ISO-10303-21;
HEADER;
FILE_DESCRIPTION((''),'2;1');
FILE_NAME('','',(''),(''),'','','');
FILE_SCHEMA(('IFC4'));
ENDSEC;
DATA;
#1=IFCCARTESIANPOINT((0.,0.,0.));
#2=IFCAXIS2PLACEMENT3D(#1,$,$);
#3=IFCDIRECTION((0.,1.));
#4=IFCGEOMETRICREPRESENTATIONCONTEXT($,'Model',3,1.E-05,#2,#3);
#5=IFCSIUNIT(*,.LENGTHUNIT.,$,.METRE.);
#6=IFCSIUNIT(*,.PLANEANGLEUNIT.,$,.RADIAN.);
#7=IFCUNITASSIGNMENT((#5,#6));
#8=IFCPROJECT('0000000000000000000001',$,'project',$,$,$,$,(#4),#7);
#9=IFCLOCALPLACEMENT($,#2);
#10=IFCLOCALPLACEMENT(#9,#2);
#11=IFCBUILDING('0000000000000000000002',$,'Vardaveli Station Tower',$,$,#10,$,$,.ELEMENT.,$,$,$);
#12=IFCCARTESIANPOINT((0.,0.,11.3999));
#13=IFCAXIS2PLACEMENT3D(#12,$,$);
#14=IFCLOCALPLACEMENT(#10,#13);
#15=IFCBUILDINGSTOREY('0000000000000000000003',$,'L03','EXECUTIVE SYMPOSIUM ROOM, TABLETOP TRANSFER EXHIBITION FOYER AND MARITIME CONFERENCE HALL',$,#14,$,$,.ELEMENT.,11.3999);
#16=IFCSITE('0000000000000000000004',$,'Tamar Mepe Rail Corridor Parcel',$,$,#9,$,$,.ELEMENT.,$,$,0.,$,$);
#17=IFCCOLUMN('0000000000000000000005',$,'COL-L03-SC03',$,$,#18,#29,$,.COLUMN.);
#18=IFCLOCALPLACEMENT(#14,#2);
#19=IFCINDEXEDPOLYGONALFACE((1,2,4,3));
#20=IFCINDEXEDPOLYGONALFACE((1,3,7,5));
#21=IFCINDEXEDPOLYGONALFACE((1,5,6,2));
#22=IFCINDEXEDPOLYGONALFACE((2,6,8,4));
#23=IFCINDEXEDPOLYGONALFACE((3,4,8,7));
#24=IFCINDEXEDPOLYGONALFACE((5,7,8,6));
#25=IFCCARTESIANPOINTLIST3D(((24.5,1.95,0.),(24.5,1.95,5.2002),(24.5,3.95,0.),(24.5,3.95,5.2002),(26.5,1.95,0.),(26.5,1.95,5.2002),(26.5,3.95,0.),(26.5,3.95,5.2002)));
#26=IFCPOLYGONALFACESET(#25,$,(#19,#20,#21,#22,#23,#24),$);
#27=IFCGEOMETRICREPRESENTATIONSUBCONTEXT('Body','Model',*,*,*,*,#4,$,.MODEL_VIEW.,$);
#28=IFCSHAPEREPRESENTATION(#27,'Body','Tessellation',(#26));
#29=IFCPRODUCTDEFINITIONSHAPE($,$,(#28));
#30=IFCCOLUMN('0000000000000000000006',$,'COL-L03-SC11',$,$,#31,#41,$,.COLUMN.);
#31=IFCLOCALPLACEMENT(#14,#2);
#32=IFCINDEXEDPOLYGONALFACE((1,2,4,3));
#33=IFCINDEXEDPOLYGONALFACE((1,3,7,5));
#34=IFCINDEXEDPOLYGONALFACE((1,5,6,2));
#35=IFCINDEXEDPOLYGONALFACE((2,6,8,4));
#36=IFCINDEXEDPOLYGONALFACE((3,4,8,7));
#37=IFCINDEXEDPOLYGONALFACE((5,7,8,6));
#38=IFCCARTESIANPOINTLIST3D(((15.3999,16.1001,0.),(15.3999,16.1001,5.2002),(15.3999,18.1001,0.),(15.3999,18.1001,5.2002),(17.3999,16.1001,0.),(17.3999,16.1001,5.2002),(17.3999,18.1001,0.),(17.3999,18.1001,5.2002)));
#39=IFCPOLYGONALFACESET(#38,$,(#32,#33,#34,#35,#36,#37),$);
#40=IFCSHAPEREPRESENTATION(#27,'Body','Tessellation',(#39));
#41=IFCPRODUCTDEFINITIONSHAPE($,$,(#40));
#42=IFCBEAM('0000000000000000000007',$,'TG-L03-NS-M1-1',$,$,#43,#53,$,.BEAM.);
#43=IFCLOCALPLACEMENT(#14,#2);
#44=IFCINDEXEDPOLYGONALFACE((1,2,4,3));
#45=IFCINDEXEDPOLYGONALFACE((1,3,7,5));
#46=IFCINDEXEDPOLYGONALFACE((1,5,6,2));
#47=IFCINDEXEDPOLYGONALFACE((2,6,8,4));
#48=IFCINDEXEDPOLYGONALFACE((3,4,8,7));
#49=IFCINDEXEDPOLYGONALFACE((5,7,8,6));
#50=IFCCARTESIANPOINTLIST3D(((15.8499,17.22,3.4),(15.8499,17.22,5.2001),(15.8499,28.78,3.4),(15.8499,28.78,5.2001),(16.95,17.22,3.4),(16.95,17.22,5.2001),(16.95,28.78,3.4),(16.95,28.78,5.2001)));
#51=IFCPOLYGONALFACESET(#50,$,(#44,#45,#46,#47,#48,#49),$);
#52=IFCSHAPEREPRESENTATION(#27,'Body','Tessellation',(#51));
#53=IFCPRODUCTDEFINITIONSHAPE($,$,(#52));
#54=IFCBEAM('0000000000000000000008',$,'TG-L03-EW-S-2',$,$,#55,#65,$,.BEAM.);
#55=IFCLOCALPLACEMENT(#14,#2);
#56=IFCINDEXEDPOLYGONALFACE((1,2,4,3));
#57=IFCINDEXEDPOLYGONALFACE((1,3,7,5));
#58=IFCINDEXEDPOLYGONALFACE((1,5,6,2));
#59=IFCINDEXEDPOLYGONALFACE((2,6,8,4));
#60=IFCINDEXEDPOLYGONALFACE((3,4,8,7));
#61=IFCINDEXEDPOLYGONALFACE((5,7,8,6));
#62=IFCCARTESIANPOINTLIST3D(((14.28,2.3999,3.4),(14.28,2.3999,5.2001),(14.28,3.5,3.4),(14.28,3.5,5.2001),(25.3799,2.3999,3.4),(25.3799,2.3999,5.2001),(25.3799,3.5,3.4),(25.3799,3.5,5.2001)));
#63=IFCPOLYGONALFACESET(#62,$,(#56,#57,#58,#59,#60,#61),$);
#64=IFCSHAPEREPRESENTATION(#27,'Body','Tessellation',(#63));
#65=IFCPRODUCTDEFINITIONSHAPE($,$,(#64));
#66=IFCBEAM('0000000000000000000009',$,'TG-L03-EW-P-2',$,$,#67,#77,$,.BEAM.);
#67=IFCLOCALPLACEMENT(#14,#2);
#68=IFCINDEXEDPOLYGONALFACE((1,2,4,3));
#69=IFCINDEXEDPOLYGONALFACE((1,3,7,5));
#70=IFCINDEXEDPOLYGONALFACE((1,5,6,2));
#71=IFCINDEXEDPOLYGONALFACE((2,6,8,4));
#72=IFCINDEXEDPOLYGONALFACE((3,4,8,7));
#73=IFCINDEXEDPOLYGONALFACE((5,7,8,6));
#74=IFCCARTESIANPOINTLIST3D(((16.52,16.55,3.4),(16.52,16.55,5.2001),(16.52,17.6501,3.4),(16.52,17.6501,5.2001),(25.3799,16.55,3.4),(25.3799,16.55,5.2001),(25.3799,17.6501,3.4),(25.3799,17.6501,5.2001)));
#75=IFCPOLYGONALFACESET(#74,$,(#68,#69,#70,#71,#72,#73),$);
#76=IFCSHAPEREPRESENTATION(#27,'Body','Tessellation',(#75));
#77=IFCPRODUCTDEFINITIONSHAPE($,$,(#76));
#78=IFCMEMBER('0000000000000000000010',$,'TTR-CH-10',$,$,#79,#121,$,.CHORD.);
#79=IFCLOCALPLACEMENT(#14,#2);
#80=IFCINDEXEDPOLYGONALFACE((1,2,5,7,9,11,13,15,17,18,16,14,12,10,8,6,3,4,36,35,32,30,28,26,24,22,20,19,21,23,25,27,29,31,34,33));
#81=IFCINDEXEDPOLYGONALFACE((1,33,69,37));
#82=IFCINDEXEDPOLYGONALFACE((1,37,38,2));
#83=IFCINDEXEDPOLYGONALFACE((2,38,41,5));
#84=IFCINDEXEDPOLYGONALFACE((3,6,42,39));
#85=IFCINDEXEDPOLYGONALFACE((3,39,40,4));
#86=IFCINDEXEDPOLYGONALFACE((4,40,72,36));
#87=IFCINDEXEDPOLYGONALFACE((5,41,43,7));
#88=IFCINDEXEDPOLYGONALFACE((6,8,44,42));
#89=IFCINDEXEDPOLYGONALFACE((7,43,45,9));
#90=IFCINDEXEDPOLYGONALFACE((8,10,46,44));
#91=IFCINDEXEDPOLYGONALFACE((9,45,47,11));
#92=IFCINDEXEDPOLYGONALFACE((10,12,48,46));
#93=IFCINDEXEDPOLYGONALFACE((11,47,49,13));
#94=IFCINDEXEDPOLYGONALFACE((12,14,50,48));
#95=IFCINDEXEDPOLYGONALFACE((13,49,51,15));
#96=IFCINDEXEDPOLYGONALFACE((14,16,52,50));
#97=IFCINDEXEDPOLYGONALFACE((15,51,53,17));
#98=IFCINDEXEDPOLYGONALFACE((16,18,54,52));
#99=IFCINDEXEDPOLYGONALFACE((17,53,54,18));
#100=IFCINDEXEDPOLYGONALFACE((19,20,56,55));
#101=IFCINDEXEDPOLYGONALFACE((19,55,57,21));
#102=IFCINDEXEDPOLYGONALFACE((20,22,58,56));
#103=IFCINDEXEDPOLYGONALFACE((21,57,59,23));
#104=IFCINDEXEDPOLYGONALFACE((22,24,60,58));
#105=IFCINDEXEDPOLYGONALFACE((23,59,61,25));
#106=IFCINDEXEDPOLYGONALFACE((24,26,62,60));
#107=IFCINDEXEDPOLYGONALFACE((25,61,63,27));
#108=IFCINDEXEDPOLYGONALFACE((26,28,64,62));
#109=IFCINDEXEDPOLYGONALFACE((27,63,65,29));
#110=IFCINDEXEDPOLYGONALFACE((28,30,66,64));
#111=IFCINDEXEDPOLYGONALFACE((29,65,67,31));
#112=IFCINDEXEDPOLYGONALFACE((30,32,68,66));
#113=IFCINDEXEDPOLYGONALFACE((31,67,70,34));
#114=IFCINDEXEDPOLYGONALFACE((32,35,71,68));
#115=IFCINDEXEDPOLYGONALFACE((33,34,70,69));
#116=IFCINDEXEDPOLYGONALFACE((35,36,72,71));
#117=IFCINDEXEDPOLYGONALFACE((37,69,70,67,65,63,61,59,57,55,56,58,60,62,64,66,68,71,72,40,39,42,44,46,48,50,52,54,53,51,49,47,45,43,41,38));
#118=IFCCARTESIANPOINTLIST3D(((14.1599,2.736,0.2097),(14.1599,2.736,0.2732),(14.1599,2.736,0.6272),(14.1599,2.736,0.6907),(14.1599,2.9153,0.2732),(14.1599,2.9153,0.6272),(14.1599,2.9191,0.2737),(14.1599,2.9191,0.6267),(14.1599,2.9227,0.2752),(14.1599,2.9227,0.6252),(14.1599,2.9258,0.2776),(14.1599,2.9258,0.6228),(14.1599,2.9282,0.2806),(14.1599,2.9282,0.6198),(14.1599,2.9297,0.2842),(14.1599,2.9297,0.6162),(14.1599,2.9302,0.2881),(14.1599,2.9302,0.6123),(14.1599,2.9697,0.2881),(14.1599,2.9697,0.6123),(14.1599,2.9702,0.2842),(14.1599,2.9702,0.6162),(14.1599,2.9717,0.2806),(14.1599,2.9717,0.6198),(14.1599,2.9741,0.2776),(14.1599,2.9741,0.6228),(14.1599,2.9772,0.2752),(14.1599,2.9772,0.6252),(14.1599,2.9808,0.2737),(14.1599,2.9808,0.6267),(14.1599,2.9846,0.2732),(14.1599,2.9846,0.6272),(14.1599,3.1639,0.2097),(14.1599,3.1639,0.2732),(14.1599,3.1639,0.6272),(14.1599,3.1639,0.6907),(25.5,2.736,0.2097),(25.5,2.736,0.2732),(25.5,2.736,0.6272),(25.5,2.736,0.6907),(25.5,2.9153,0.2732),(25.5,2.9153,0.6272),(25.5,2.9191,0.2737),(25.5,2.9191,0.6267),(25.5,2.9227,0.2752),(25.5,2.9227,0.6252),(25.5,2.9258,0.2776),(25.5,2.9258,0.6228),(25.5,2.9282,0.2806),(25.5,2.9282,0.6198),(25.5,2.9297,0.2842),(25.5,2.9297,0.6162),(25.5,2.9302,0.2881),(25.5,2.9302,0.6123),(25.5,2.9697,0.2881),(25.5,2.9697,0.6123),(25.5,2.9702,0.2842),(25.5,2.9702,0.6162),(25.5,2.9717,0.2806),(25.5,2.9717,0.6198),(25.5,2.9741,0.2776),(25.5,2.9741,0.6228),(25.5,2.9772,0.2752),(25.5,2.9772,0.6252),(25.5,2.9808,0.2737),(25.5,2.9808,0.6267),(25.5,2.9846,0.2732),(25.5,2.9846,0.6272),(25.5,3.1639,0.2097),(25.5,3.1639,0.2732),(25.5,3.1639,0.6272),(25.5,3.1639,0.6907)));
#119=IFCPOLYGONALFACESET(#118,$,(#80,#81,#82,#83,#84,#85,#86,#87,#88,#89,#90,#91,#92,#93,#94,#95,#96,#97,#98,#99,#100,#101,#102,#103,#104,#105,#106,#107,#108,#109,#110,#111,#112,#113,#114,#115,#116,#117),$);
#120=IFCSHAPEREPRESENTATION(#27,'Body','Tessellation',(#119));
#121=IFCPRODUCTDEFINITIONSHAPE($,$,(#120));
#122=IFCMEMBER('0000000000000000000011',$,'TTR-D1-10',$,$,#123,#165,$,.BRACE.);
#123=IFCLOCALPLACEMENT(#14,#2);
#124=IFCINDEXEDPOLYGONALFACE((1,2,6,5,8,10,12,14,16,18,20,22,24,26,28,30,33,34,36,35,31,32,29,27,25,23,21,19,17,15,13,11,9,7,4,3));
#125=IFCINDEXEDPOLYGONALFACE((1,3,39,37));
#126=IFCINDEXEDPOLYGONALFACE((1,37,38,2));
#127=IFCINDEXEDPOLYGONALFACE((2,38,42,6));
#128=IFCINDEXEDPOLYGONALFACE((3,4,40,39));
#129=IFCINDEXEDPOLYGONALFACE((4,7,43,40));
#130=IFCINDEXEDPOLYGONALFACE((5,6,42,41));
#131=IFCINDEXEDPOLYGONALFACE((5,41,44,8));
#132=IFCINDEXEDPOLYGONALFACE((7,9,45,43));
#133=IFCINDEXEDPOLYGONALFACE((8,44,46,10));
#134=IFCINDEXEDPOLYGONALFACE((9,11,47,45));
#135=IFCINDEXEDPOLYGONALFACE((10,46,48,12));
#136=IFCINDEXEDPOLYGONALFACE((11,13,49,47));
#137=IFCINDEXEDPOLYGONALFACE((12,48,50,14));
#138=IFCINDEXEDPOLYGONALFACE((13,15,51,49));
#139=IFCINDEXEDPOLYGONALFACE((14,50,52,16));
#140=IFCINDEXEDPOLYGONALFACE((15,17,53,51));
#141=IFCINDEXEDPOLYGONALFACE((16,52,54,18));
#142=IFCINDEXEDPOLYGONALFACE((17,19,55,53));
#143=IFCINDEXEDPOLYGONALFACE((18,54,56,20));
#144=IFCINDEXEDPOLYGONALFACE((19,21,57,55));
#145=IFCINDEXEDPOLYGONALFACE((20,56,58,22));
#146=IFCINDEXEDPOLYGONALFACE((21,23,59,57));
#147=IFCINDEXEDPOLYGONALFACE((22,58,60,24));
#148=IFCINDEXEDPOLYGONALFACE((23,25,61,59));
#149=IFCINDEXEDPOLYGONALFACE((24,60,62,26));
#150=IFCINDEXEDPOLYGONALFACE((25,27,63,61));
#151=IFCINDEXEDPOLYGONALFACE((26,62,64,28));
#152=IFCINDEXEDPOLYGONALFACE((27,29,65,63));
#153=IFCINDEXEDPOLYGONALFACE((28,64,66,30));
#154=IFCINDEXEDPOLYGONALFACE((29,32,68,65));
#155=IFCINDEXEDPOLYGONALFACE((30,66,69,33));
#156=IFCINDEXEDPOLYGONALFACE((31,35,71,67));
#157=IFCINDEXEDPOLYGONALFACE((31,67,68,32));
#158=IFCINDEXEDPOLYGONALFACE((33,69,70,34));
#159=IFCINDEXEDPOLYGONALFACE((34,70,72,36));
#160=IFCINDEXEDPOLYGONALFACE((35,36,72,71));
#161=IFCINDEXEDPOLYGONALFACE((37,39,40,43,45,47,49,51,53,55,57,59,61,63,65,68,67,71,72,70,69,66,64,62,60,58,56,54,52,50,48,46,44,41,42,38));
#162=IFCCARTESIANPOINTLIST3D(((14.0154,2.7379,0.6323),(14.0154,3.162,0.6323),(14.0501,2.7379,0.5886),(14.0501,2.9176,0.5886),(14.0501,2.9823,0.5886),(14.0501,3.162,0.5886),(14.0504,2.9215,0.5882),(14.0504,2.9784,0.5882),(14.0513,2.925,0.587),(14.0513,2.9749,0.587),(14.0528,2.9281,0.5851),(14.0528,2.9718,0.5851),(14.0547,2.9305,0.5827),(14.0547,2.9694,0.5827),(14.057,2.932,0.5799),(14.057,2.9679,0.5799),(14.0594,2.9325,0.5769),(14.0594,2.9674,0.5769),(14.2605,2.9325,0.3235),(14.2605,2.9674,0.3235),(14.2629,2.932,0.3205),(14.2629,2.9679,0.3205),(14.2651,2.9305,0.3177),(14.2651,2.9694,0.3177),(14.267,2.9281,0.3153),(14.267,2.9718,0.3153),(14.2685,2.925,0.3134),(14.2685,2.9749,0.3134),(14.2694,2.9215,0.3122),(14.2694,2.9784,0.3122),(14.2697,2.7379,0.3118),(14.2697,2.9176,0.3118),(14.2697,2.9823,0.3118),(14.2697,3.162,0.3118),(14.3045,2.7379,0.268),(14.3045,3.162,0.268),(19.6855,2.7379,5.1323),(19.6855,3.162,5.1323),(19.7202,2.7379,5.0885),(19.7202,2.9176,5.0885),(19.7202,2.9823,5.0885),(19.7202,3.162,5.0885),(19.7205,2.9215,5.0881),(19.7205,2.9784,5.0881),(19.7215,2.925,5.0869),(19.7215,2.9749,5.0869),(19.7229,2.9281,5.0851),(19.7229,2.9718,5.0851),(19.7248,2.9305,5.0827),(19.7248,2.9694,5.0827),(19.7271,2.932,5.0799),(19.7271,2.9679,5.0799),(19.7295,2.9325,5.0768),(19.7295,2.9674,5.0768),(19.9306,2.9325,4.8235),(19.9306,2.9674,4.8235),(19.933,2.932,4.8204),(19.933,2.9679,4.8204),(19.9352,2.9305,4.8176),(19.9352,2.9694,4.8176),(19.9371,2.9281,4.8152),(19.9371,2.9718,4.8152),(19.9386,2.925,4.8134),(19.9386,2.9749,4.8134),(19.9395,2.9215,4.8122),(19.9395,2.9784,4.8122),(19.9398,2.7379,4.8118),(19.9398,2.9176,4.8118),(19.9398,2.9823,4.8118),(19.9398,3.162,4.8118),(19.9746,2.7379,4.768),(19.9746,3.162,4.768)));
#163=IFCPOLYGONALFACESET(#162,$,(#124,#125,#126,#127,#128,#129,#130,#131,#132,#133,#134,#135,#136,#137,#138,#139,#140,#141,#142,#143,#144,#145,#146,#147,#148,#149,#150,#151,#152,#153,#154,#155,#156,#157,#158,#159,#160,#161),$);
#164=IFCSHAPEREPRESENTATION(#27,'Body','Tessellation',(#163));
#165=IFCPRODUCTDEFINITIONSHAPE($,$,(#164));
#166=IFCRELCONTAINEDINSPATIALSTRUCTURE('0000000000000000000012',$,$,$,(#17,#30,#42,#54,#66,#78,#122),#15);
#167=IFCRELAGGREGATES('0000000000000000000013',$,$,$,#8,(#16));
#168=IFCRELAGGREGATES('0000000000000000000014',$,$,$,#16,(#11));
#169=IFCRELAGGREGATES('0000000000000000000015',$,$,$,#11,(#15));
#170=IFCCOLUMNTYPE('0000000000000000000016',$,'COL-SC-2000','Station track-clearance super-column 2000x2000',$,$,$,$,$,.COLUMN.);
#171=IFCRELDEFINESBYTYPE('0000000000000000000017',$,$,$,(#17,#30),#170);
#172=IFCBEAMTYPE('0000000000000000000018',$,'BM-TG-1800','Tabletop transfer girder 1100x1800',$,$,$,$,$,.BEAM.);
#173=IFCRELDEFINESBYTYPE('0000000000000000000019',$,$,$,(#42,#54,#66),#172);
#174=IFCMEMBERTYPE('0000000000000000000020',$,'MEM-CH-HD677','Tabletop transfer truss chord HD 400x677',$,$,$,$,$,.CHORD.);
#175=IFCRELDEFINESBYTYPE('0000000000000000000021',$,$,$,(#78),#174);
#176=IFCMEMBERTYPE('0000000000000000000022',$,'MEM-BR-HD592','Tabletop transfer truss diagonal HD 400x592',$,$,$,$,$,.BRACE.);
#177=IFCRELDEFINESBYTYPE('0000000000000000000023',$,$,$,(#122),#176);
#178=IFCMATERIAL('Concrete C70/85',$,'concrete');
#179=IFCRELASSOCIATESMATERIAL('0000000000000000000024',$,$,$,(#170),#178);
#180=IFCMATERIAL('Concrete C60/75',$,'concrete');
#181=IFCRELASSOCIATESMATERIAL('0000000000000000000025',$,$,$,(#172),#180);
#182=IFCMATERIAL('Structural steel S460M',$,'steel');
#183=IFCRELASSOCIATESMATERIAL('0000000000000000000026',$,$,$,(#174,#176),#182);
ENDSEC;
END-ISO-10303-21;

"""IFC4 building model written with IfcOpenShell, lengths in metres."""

from ifc_helpers import new_model, si_unit, direction, frame, origin, origin_2d, place, context, subcontext, project, spatial, rectangle, i_section, extrude, source, transform, mapped, material, material_profile, profile_set, type_object, element, save


model = new_model("IFC4")

# Units and contexts
model_context = context("Model", 3, precision=1e-05, world=origin(), true_north=direction((0.0, 1.0)))
body_context = subcontext(model_context, "Body", "Model", "MODEL_VIEW")
ifc_project = project(units=[si_unit("LENGTHUNIT", "METRE"), si_unit("PLANEANGLEUNIT", "RADIAN")], contexts=[model_context])

# Site, building, storey
site_placement = place(None, origin())
site = spatial("IfcSite", under=ifc_project, at=site_placement, Name="Tamar Mepe Rail Corridor Parcel", CompositionType="ELEMENT", RefElevation=0.0)
building_placement = place(site_placement, origin())
building = spatial("IfcBuilding", under=site, at=building_placement, Name="Vardaveli Station Tower", CompositionType="ELEMENT")
storey_placement = place(building_placement, frame((0.0, 0.0, 11.3999)))
storey = spatial("IfcBuildingStorey", under=building, at=storey_placement, Name="L03", Description="EXECUTIVE SYMPOSIUM ROOM, TABLETOP TRANSFER EXHIBITION FOYER AND MARITIME CONFERENCE HALL", CompositionType="ELEMENT", Elevation=11.3999)

# Columns
ifc_material_1 = material(Name="Concrete C70/85", Category="concrete")
ifc_material_profile_1 = material_profile(ifc_material_1, rectangle(XDim=2.0, YDim=2.0, at=origin_2d()), Name="SC 2000x2000")
ifc_profile_set_1 = profile_set([ifc_material_profile_1], Name="Concrete C70/85")
column_type = type_object("IfcColumnType", Name="COL-SC-2000", Description="Station track-clearance super-column 2000x2000", PredefinedType="COLUMN", material=ifc_profile_set_1)
shared_shape_1 = source(origin(), body_context, "Body", "SweptSolid", [
    extrude(rectangle(XDim=2.0, YDim=2.0, at=origin_2d()), origin(), (0.0, 0.0, 1.0), 5.2002),
])
for number, where, z_axis, x_axis, name in (
    (1, (25.5, 2.95, 0.0), (0.0, 0.0, 1.0), (1.0, 0.0, 0.0), "COL-L03-SC03"),
    (2, (16.3999, 17.1001, 0.0), (0.0, 0.0, 1.0), (1.0, 0.0, 0.0), "COL-L03-SC11"),
):
    element("IfcColumn", number, at=place(storey_placement, frame(where, z_axis=z_axis, x_axis=x_axis)), inside=storey, type_object=column_type, Name=name, PredefinedType="COLUMN", context=body_context, shape_type="MappedRepresentation", body=[
        mapped(shared_shape_1, transform((0.0, 0.0, 0.0), scale=1.0)),
    ])

# Beams
ifc_material_2 = material(Name="Concrete C60/75", Category="concrete")
ifc_material_profile_2 = material_profile(ifc_material_2, rectangle(XDim=1.1001, YDim=1.8, at=origin_2d()), Name="TG 1100x1800")
ifc_profile_set_2 = profile_set([ifc_material_profile_2], Name="Concrete C60/75")
beam_type_1 = type_object("IfcBeamType", Name="BM-TG-1800", Description="Tabletop transfer girder 1100x1800", PredefinedType="BEAM", material=ifc_profile_set_2)
shared_shape_2 = source(origin(), body_context, "Body", "SweptSolid", [
    extrude(rectangle(XDim=1.1001, YDim=1.8, at=origin_2d()), origin(), (0.0, 0.0, 1.0), 11.5601),
])
beam_1_placement = place(storey_placement, frame((16.3999, 17.22, 4.3), z_axis=(0.0, 1.0, 0.0), x_axis=(-1.0, 0.0, 0.0)))
element("IfcBeam", 3, at=beam_1_placement, inside=storey, type_object=beam_type_1, Name="TG-L03-NS-M1-1", PredefinedType="BEAM", context=body_context, shape_type="MappedRepresentation", body=[
    mapped(shared_shape_2, transform((0.0, 0.0, 0.0), scale=1.0)),
])
shared_shape_3 = source(origin(), body_context, "Body", "SweptSolid", [
    extrude(rectangle(XDim=1.1001, YDim=1.8, at=origin_2d()), origin(), (0.0, 0.0, 1.0), 11.0999),
])
beam_2_placement = place(storey_placement, frame((14.28, 2.95, 4.3), z_axis=(1.0, 0.0, 0.0), x_axis=(0.0, 1.0, 0.0)))
element("IfcBeam", 4, at=beam_2_placement, inside=storey, type_object=beam_type_1, Name="TG-L03-EW-S-2", PredefinedType="BEAM", context=body_context, shape_type="MappedRepresentation", body=[
    mapped(shared_shape_3, transform((0.0, 0.0, 0.0), scale=1.0)),
])
shared_shape_4 = source(origin(), body_context, "Body", "SweptSolid", [
    extrude(rectangle(XDim=1.1001, YDim=1.8, at=origin_2d()), origin(), (0.0, 0.0, 1.0), 8.8599),
])
beam_3_placement = place(storey_placement, frame((16.52, 17.1001, 4.3), z_axis=(1.0, 0.0, 0.0), x_axis=(0.0, 1.0, 0.0)))
element("IfcBeam", 5, at=beam_3_placement, inside=storey, type_object=beam_type_1, Name="TG-L03-EW-P-2", PredefinedType="BEAM", context=body_context, shape_type="MappedRepresentation", body=[
    mapped(shared_shape_4, transform((0.0, 0.0, 0.0), scale=1.0)),
])

# Members
ifc_material_3 = material(Name="Structural steel S460M", Category="steel")
ifc_material_profile_3 = material_profile(ifc_material_3, i_section(OverallWidth=0.428, OverallDepth=0.481, WebThickness=0.0396, FlangeThickness=0.0635, FilletRadius=0.0149, at=origin_2d()), Name="HD 400x677")
ifc_profile_set_3 = profile_set([ifc_material_profile_3], Name="Structural steel S460M")
member_type_1 = type_object("IfcMemberType", Name="MEM-CH-HD677", Description="Tabletop transfer truss chord HD 400x677", PredefinedType="CHORD", material=ifc_profile_set_3)
shared_shape_5 = source(origin(), body_context, "Body", "SweptSolid", [
    extrude(i_section(OverallWidth=0.428, OverallDepth=0.481, WebThickness=0.0396, FlangeThickness=0.0635, FilletRadius=0.0149, at=origin_2d()), origin(), (0.0, 0.0, 1.0), 11.3401),
])
member_1_placement = place(storey_placement, frame((14.1599, 2.95, 0.4502), z_axis=(1.0, 0.0, 0.0), x_axis=(0.0, 1.0, 0.0)))
element("IfcMember", 6, at=member_1_placement, inside=storey, type_object=member_type_1, Name="TTR-CH-10", PredefinedType="CHORD", context=body_context, shape_type="MappedRepresentation", body=[
    mapped(shared_shape_5, transform((0.0, 0.0, 0.0), scale=1.0)),
])
ifc_material_profile_4 = material_profile(ifc_material_3, i_section(OverallWidth=0.4241, OverallDepth=0.4651, WebThickness=0.0349, FlangeThickness=0.0559, FilletRadius=0.0149, at=origin_2d()), Name="HD 400x592")
ifc_profile_set_4 = profile_set([ifc_material_profile_4], Name="Structural steel S460M")
member_type_2 = type_object("IfcMemberType", Name="MEM-BR-HD592", Description="Tabletop transfer truss diagonal HD 400x592", PredefinedType="BRACE", material=ifc_profile_set_4)
shared_shape_6 = source(origin(), body_context, "Body", "SweptSolid", [
    extrude(i_section(OverallWidth=0.4241, OverallDepth=0.4651, WebThickness=0.0349, FlangeThickness=0.0559, FilletRadius=0.0149, at=origin_2d()), origin(), (0.0, 0.0, 1.0), 7.2388),
])
member_2_placement = place(storey_placement, frame((14.1599, 2.95, 0.4502), z_axis=(0.783298, 0.0, 0.621647), x_axis=(0.0, 1.0, 0.0)))
element("IfcMember", 7, at=member_2_placement, inside=storey, type_object=member_type_2, Name="TTR-D1-10", PredefinedType="BRACE", context=body_context, shape_type="MappedRepresentation", body=[
    mapped(shared_shape_6, transform((0.0, 0.0, 0.0), scale=1.0)),
])

save(model, "model.ifc")
